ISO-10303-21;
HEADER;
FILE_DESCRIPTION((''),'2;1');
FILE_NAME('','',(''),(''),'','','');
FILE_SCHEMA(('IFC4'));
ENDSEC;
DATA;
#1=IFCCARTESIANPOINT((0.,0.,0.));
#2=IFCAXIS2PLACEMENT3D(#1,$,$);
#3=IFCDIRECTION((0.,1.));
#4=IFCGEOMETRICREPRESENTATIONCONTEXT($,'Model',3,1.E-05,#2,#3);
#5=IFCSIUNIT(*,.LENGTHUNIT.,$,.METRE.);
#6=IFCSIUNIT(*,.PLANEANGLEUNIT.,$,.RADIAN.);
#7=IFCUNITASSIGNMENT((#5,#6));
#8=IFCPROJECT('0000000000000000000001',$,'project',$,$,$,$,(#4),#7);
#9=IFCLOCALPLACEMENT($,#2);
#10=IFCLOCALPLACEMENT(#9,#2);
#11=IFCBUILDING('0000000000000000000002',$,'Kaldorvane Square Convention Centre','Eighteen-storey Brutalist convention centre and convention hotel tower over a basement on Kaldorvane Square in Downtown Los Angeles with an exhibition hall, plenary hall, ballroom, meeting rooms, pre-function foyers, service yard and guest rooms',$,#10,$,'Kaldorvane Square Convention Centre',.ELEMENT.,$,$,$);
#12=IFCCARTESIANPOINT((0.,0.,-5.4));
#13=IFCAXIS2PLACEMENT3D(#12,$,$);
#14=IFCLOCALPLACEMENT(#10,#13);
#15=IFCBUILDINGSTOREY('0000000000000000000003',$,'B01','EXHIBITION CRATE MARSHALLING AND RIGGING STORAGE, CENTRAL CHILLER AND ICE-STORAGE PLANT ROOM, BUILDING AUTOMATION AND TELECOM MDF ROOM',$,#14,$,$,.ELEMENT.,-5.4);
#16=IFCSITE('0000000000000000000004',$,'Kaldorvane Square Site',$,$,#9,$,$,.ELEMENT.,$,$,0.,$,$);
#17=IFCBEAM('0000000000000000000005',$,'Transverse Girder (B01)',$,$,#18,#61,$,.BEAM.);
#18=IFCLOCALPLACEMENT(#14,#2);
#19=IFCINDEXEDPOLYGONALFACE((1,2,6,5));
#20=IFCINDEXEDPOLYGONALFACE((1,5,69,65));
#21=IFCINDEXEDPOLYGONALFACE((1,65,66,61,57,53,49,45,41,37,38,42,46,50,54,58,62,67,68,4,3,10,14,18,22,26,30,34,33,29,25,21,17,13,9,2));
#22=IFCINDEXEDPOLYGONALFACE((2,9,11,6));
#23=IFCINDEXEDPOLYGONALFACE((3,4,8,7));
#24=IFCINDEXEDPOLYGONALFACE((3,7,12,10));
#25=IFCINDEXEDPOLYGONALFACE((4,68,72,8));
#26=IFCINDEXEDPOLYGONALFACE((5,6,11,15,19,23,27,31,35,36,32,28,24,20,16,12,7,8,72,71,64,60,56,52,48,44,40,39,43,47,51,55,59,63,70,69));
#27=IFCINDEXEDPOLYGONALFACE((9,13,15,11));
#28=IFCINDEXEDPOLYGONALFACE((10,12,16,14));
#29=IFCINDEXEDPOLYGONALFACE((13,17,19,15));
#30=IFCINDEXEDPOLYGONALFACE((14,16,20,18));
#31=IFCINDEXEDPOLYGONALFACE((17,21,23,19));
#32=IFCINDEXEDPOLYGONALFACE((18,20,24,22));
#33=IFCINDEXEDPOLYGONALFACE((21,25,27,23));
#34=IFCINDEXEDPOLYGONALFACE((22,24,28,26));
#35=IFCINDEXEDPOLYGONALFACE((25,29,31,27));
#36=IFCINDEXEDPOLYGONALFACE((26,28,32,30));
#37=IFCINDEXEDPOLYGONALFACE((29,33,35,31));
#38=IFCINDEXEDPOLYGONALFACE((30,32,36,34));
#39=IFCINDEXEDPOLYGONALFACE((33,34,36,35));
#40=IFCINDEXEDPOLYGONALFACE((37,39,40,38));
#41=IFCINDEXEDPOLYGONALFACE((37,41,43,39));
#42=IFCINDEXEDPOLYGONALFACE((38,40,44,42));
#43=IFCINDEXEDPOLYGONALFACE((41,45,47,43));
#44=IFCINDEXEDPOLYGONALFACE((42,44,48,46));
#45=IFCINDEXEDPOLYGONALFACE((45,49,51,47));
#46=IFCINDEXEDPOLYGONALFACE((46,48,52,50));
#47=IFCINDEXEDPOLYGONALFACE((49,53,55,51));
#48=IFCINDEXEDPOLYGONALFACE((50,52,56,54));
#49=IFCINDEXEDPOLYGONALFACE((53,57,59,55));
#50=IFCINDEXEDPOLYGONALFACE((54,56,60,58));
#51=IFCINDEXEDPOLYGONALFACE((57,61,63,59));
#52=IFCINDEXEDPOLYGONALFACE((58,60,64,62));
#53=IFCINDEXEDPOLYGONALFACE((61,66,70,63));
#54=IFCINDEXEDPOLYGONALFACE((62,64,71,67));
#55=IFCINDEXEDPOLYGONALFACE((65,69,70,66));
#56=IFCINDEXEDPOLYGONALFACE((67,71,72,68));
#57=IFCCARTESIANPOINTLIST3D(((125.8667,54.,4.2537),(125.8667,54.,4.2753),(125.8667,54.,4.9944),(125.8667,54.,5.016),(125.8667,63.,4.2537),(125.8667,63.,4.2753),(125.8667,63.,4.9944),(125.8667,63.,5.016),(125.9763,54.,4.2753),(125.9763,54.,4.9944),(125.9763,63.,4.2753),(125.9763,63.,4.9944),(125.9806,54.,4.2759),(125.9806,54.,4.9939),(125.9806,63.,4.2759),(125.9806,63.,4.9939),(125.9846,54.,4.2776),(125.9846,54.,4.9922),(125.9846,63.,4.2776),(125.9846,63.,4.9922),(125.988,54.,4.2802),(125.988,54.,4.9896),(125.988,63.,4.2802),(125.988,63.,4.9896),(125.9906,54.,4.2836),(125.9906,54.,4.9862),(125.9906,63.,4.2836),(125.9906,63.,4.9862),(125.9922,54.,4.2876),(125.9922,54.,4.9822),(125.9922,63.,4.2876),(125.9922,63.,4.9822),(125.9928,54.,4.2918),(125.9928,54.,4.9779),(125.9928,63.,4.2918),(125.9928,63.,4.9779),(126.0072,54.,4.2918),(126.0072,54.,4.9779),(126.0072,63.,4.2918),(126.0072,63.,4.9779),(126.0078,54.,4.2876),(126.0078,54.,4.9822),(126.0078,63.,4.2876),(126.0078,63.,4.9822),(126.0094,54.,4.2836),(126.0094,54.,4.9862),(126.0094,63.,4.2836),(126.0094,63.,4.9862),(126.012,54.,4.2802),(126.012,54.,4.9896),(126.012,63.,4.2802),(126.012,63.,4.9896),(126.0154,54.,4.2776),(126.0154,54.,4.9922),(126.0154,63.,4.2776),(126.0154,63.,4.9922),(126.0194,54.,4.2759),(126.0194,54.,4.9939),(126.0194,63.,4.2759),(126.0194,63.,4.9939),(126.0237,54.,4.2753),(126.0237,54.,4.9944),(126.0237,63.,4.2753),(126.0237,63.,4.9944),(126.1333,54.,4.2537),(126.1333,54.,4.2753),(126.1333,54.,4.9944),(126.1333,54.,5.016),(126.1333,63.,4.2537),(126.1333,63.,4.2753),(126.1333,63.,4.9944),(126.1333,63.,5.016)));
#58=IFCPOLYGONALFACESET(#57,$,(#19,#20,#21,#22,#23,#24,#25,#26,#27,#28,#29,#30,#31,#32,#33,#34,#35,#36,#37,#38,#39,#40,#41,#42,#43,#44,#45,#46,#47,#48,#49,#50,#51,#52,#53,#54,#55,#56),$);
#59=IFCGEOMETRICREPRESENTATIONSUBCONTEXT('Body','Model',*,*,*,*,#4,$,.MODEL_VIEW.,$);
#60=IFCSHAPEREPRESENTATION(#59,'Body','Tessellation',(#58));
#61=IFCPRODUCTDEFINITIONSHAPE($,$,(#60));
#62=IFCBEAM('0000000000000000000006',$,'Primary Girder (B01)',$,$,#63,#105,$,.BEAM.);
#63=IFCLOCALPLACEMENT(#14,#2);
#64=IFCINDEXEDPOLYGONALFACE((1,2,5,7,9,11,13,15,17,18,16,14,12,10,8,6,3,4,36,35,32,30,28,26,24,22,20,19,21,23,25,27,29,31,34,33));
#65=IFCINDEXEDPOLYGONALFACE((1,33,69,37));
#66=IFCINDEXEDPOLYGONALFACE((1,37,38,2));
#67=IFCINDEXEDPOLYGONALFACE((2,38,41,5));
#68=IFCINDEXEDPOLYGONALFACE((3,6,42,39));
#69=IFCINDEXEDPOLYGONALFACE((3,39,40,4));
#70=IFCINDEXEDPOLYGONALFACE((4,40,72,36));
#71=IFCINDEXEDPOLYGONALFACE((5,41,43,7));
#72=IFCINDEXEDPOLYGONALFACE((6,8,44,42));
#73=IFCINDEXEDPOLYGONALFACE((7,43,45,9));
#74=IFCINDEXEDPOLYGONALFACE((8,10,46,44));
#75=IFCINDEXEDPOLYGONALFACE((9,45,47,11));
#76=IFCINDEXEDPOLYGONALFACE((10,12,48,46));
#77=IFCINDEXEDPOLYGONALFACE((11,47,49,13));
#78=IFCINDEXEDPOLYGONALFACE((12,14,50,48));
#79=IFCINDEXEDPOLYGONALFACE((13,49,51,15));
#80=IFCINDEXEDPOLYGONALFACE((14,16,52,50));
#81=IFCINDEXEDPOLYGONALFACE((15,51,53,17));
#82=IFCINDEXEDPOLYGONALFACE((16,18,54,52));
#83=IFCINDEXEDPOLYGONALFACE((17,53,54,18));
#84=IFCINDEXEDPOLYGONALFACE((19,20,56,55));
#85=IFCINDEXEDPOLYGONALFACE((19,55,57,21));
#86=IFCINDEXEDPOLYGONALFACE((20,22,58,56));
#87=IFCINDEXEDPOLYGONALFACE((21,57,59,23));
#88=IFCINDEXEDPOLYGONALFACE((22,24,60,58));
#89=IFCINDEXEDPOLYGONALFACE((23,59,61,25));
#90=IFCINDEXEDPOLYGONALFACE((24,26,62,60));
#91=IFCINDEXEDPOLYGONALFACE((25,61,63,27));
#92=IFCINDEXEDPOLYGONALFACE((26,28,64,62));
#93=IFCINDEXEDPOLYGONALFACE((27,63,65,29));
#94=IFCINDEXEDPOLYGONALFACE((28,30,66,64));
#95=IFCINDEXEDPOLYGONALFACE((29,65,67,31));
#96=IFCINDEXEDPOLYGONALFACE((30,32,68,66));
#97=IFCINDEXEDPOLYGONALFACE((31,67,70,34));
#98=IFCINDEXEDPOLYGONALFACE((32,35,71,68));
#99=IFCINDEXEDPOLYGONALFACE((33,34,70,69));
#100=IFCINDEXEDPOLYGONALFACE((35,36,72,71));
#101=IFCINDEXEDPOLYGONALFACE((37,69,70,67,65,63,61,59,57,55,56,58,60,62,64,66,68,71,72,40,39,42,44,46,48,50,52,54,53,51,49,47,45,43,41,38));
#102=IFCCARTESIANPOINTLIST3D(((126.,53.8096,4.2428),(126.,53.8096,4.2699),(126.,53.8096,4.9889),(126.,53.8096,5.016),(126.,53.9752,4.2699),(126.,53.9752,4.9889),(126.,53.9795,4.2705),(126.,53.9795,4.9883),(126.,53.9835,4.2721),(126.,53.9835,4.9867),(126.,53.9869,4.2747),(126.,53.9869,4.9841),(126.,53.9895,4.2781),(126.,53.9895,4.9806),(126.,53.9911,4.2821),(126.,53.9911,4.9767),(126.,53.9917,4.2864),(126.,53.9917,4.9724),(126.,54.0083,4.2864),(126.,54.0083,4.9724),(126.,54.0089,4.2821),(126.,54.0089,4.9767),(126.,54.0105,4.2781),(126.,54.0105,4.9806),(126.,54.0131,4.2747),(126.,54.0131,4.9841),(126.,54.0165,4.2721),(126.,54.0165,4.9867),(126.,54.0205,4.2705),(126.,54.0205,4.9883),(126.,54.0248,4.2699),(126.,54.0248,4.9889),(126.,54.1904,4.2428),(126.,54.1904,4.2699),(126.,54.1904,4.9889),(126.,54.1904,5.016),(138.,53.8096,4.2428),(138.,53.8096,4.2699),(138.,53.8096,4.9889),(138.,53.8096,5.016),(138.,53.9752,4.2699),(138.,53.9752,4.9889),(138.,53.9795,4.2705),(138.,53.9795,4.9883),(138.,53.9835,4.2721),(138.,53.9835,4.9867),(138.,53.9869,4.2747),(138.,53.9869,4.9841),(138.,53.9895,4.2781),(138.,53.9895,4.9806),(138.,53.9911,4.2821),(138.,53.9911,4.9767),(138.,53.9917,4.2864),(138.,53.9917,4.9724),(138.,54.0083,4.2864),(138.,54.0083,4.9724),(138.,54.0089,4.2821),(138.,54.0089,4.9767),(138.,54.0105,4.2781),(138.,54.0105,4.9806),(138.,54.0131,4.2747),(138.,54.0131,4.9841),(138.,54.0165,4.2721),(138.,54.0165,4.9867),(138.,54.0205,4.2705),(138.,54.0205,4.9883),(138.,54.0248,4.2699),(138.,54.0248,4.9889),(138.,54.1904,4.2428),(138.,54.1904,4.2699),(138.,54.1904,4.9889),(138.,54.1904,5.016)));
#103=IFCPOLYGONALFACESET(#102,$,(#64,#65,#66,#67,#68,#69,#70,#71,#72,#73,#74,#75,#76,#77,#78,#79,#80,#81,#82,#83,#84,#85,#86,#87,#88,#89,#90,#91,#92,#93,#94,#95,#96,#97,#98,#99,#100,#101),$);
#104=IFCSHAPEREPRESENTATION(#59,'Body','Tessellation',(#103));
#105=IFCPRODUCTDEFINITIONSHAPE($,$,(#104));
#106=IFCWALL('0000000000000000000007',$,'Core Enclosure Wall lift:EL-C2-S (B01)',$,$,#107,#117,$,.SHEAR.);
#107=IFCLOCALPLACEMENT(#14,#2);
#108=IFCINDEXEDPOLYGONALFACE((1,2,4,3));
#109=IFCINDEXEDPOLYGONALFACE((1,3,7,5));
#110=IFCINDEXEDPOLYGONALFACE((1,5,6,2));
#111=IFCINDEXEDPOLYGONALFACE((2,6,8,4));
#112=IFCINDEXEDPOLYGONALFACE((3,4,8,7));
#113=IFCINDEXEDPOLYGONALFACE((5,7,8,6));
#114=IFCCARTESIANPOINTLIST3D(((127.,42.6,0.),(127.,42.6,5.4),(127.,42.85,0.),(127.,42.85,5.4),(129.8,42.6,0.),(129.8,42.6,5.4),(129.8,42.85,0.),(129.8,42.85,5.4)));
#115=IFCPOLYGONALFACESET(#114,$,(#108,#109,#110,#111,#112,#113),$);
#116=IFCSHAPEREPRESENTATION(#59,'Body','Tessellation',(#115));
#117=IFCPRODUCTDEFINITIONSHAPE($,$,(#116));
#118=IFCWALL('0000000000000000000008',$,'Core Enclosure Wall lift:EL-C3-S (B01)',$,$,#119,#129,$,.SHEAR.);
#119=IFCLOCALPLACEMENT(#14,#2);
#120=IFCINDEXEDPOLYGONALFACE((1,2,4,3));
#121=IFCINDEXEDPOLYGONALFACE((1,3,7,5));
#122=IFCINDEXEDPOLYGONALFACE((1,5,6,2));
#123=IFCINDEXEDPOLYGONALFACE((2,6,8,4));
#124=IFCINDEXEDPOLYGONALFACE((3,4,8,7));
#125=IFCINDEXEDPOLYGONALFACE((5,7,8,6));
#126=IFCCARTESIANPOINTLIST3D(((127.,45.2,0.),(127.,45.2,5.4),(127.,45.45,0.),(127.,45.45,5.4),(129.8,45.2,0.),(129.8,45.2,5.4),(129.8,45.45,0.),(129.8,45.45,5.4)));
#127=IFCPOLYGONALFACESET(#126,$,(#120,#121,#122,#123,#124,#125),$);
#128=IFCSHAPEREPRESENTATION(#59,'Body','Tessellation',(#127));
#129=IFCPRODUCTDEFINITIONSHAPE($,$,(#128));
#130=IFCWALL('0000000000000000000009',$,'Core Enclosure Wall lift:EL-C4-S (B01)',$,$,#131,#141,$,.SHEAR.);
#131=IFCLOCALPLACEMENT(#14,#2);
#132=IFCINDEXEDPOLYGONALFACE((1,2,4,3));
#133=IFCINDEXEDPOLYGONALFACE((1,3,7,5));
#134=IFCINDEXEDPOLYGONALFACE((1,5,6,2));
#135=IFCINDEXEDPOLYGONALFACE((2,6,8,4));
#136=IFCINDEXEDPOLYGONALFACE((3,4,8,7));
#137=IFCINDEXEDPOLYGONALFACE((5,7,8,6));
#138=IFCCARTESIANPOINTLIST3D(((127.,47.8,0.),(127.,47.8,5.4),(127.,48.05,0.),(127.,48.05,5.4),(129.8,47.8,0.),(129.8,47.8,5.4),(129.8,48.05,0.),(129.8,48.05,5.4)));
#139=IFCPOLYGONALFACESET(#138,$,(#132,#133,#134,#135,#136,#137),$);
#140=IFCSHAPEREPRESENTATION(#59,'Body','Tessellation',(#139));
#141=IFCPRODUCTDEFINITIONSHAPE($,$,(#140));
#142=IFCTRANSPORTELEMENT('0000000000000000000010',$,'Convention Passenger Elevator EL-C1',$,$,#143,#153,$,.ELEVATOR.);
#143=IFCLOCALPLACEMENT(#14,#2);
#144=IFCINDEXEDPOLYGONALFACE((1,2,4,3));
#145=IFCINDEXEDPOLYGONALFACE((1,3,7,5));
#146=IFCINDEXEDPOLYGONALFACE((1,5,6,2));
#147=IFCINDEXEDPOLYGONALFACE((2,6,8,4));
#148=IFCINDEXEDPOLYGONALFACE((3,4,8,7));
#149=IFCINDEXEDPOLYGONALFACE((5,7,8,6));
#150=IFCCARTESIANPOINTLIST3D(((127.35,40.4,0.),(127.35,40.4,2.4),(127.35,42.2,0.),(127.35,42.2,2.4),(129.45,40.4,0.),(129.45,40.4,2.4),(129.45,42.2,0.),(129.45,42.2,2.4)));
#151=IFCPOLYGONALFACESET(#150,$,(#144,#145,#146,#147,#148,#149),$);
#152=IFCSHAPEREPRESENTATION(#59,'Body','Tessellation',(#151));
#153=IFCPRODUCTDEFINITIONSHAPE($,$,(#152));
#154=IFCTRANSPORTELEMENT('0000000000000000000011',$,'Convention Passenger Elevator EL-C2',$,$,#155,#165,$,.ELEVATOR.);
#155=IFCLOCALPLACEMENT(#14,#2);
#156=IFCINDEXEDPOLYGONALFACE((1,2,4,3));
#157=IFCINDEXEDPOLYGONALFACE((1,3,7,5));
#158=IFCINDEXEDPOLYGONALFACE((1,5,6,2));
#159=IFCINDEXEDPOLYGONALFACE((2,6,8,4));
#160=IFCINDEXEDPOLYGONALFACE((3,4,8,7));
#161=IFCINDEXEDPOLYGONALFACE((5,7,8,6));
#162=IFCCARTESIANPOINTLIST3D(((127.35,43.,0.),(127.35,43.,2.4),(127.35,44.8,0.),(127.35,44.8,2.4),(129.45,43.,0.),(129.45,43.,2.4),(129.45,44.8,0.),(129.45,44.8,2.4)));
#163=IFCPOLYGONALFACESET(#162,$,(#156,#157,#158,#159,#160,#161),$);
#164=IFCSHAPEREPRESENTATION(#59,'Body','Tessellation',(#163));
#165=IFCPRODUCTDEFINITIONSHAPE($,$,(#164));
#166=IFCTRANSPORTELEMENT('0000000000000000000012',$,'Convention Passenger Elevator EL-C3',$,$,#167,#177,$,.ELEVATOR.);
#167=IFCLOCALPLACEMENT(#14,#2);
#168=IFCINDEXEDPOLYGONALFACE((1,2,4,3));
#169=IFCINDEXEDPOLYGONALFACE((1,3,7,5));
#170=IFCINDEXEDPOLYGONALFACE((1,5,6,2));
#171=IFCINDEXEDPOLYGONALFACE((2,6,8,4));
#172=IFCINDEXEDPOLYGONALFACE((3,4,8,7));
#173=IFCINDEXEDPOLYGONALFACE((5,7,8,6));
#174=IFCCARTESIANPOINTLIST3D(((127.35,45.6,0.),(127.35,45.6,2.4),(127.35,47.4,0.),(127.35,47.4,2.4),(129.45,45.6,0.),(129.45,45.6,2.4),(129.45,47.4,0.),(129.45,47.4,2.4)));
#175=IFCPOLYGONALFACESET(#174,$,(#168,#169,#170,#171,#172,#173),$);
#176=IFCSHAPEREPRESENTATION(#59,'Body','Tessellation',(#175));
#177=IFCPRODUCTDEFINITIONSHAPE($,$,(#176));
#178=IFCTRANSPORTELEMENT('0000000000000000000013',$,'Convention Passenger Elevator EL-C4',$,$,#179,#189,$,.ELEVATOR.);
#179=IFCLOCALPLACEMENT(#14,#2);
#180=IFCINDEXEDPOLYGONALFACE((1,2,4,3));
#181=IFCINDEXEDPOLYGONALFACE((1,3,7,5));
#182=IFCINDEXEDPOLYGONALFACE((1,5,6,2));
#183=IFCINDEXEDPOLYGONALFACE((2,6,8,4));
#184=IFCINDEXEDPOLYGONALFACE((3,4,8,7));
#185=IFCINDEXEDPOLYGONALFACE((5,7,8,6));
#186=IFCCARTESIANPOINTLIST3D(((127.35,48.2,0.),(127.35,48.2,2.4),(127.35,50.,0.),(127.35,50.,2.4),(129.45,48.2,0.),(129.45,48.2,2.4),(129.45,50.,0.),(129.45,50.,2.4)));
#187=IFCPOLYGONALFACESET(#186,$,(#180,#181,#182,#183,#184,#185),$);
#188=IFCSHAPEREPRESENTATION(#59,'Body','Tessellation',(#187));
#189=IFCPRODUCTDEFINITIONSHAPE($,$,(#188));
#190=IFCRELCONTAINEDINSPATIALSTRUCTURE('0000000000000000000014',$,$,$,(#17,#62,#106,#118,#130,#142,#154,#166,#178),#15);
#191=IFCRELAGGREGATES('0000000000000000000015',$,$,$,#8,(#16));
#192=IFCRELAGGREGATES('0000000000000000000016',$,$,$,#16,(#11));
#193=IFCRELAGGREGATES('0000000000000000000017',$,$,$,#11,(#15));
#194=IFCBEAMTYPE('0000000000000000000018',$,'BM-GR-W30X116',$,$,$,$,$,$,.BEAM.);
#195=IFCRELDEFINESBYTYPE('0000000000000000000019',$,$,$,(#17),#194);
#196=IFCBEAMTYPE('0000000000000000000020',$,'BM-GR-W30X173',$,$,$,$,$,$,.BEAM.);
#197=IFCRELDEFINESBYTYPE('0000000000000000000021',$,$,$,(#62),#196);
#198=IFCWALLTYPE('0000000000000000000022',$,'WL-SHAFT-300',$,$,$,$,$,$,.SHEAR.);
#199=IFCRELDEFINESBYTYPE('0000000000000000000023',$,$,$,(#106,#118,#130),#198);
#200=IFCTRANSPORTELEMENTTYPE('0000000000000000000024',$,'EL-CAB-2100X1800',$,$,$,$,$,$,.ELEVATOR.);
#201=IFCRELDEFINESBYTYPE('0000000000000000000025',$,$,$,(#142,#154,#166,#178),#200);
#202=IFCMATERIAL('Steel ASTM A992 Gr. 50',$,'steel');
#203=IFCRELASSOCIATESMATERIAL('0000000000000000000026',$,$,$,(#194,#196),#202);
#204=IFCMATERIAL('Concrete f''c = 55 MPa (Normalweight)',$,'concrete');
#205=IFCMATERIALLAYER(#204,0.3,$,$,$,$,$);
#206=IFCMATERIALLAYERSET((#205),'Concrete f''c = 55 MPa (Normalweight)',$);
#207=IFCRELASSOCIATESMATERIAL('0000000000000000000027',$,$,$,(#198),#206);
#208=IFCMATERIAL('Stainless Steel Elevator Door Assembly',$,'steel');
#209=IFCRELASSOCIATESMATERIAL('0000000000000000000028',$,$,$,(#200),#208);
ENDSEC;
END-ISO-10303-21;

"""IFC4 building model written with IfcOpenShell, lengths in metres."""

from ifc_helpers import new_model, si_unit, direction, frame, frame_2d, origin, origin_2d, place, context, subcontext, project, spatial, rectangle, i_section, extrude, material, layer, layer_set, material_profile, profile_set, type_object, element, save


model = new_model("IFC4")

# Units and contexts
model_context = context("Model", 3, precision=1e-05, world=origin(), true_north=direction((0.0, 1.0)))
body_context = subcontext(model_context, "Body", "Model", "MODEL_VIEW")
ifc_project = project(units=[si_unit("LENGTHUNIT", "METRE"), si_unit("PLANEANGLEUNIT", "RADIAN")], contexts=[model_context])

# Site, building, storey
site_placement = place(None, origin())
site = spatial("IfcSite", under=ifc_project, at=site_placement, Name="Kaldorvane Square Site", CompositionType="ELEMENT", RefElevation=0.0)
building_placement = place(site_placement, origin())
building = spatial("IfcBuilding", under=site, at=building_placement, Name="Kaldorvane Square Convention Centre", Description="Eighteen-storey Brutalist convention centre and convention hotel tower over a basement on Kaldorvane Square in Downtown Los Angeles with an exhibition hall, plenary hall, ballroom, meeting rooms, pre-function foyers, service yard and guest rooms", LongName="Kaldorvane Square Convention Centre", CompositionType="ELEMENT")
storey_placement = place(building_placement, frame((0.0, 0.0, -5.4)))
storey = spatial("IfcBuildingStorey", under=building, at=storey_placement, Name="B01", Description="EXHIBITION CRATE MARSHALLING AND RIGGING STORAGE, CENTRAL CHILLER AND ICE-STORAGE PLANT ROOM, BUILDING AUTOMATION AND TELECOM MDF ROOM", CompositionType="ELEMENT", Elevation=-5.4)

# Shared definitions
ifc_material_1 = material(Name="Steel ASTM A992 Gr. 50", Category="steel")

# Beams
ifc_material_profile_1 = material_profile(ifc_material_1, i_section(OverallWidth=0.2666, OverallDepth=0.7623, WebThickness=0.0144, FlangeThickness=0.0216, FilletRadius=0.0165, at=origin_2d()), Name="W30X116")
ifc_profile_set_1 = profile_set([ifc_material_profile_1], Name="Steel ASTM A992 Gr. 50")
beam_type_1 = type_object("IfcBeamType", Name="BM-GR-W30X116", PredefinedType="BEAM", material=ifc_profile_set_1)
for number, where, z_axis, x_axis, name in (
    (1, (126.0, 54.0, 4.6349), (0.0, 1.0, 0.0), (-1.0, 0.0, 0.0), "Transverse Girder (B01)"),
):
    element("IfcBeam", number, at=place(storey_placement, frame(where, z_axis=z_axis, x_axis=x_axis)), inside=storey, type_object=beam_type_1, Name=name, PredefinedType="BEAM", context=body_context, shape_type="SweptSolid", body=[
        extrude(i_section(OverallWidth=0.2666, OverallDepth=0.7623, WebThickness=0.0144, FlangeThickness=0.0216, FilletRadius=0.0165, at=origin_2d()), origin(), (0.0, 0.0, 1.0), 9.0),
    ])
ifc_material_profile_2 = material_profile(ifc_material_1, i_section(OverallWidth=0.3807, OverallDepth=0.7732, WebThickness=0.0166, FlangeThickness=0.0271, FilletRadius=0.0165, at=origin_2d()), Name="W30X173")
ifc_profile_set_2 = profile_set([ifc_material_profile_2], Name="Steel ASTM A992 Gr. 50")
beam_type_2 = type_object("IfcBeamType", Name="BM-GR-W30X173", PredefinedType="BEAM", material=ifc_profile_set_2)
beam_placement = place(storey_placement, frame((126.0, 54.0, 4.6294), z_axis=(1.0, 0.0, 0.0), x_axis=(0.0, 1.0, 0.0)))
element("IfcBeam", 2, at=beam_placement, inside=storey, type_object=beam_type_2, Name="Primary Girder (B01)", PredefinedType="BEAM", context=body_context, shape_type="SweptSolid", body=[
    extrude(i_section(OverallWidth=0.3807, OverallDepth=0.7732, WebThickness=0.0166, FlangeThickness=0.0271, FilletRadius=0.0165, at=origin_2d()), origin(), (0.0, 0.0, 1.0), 12.0),
])

# Shared definitions
ifc_material_2 = material(Name="Concrete f'c = 55 MPa (Normalweight)", Category="concrete")
ifc_layer = layer(ifc_material_2, 0.3)
ifc_layer_set = layer_set([ifc_layer], Name="Concrete f'c = 55 MPa (Normalweight)")
wall_type = type_object("IfcWallType", Name="WL-SHAFT-300", PredefinedType="SHEAR", material=ifc_layer_set)
ifc_material_3 = material(Name="Stainless Steel Elevator Door Assembly", Category="steel")

# Wall
wall_1_placement = place(storey_placement, frame((127.0, 42.725, 0.0), z_axis=(0.0, 0.0, 1.0), x_axis=(1.0, 0.0, 0.0)))
element("IfcWall", 3, at=wall_1_placement, inside=storey, type_object=wall_type, Name="Core Enclosure Wall lift:EL-C2-S (B01)", PredefinedType="SHEAR", context=body_context, shape_type="SweptSolid", body=[
    extrude(rectangle(XDim=2.8, YDim=0.25, at=frame_2d((1.4, 0.0))), origin(), (0.0, 0.0, 1.0), 5.4),
])

# Wall
wall_2_placement = place(storey_placement, frame((127.0, 45.325, 0.0), z_axis=(0.0, 0.0, 1.0), x_axis=(1.0, 0.0, 0.0)))
element("IfcWall", 4, at=wall_2_placement, inside=storey, type_object=wall_type, Name="Core Enclosure Wall lift:EL-C3-S (B01)", PredefinedType="SHEAR", context=body_context, shape_type="SweptSolid", body=[
    extrude(rectangle(XDim=2.8, YDim=0.25, at=frame_2d((1.4, 0.0))), origin(), (0.0, 0.0, 1.0), 5.4),
])

# Wall
wall_3_placement = place(storey_placement, frame((127.0, 47.925, 0.0), z_axis=(0.0, 0.0, 1.0), x_axis=(1.0, 0.0, 0.0)))
element("IfcWall", 5, at=wall_3_placement, inside=storey, type_object=wall_type, Name="Core Enclosure Wall lift:EL-C4-S (B01)", PredefinedType="SHEAR", context=body_context, shape_type="SweptSolid", body=[
    extrude(rectangle(XDim=2.8, YDim=0.25, at=frame_2d((1.4, 0.0))), origin(), (0.0, 0.0, 1.0), 5.4),
])

# Transport elements
transport_element_type = type_object("IfcTransportElementType", Name="EL-CAB-2100X1800", PredefinedType="ELEVATOR", material=ifc_material_3)
for number, where, name in (
    (6, (128.4, 41.3, 0.0), "Convention Passenger Elevator EL-C1"),
    (7, (128.4, 43.9, 0.0), "Convention Passenger Elevator EL-C2"),
    (8, (128.4, 46.5, 0.0), "Convention Passenger Elevator EL-C3"),
    (9, (128.4, 49.1, 0.0), "Convention Passenger Elevator EL-C4"),
):
    element("IfcTransportElement", number, at=place(storey_placement, frame(where)), inside=storey, type_object=transport_element_type, Name=name, PredefinedType="ELEVATOR", context=body_context, shape_type="SweptSolid", body=[
        extrude(rectangle(XDim=2.1, YDim=1.8, at=origin_2d()), origin(), (0.0, 0.0, 1.0), 2.4),
    ])

save(model, "model.ifc")
